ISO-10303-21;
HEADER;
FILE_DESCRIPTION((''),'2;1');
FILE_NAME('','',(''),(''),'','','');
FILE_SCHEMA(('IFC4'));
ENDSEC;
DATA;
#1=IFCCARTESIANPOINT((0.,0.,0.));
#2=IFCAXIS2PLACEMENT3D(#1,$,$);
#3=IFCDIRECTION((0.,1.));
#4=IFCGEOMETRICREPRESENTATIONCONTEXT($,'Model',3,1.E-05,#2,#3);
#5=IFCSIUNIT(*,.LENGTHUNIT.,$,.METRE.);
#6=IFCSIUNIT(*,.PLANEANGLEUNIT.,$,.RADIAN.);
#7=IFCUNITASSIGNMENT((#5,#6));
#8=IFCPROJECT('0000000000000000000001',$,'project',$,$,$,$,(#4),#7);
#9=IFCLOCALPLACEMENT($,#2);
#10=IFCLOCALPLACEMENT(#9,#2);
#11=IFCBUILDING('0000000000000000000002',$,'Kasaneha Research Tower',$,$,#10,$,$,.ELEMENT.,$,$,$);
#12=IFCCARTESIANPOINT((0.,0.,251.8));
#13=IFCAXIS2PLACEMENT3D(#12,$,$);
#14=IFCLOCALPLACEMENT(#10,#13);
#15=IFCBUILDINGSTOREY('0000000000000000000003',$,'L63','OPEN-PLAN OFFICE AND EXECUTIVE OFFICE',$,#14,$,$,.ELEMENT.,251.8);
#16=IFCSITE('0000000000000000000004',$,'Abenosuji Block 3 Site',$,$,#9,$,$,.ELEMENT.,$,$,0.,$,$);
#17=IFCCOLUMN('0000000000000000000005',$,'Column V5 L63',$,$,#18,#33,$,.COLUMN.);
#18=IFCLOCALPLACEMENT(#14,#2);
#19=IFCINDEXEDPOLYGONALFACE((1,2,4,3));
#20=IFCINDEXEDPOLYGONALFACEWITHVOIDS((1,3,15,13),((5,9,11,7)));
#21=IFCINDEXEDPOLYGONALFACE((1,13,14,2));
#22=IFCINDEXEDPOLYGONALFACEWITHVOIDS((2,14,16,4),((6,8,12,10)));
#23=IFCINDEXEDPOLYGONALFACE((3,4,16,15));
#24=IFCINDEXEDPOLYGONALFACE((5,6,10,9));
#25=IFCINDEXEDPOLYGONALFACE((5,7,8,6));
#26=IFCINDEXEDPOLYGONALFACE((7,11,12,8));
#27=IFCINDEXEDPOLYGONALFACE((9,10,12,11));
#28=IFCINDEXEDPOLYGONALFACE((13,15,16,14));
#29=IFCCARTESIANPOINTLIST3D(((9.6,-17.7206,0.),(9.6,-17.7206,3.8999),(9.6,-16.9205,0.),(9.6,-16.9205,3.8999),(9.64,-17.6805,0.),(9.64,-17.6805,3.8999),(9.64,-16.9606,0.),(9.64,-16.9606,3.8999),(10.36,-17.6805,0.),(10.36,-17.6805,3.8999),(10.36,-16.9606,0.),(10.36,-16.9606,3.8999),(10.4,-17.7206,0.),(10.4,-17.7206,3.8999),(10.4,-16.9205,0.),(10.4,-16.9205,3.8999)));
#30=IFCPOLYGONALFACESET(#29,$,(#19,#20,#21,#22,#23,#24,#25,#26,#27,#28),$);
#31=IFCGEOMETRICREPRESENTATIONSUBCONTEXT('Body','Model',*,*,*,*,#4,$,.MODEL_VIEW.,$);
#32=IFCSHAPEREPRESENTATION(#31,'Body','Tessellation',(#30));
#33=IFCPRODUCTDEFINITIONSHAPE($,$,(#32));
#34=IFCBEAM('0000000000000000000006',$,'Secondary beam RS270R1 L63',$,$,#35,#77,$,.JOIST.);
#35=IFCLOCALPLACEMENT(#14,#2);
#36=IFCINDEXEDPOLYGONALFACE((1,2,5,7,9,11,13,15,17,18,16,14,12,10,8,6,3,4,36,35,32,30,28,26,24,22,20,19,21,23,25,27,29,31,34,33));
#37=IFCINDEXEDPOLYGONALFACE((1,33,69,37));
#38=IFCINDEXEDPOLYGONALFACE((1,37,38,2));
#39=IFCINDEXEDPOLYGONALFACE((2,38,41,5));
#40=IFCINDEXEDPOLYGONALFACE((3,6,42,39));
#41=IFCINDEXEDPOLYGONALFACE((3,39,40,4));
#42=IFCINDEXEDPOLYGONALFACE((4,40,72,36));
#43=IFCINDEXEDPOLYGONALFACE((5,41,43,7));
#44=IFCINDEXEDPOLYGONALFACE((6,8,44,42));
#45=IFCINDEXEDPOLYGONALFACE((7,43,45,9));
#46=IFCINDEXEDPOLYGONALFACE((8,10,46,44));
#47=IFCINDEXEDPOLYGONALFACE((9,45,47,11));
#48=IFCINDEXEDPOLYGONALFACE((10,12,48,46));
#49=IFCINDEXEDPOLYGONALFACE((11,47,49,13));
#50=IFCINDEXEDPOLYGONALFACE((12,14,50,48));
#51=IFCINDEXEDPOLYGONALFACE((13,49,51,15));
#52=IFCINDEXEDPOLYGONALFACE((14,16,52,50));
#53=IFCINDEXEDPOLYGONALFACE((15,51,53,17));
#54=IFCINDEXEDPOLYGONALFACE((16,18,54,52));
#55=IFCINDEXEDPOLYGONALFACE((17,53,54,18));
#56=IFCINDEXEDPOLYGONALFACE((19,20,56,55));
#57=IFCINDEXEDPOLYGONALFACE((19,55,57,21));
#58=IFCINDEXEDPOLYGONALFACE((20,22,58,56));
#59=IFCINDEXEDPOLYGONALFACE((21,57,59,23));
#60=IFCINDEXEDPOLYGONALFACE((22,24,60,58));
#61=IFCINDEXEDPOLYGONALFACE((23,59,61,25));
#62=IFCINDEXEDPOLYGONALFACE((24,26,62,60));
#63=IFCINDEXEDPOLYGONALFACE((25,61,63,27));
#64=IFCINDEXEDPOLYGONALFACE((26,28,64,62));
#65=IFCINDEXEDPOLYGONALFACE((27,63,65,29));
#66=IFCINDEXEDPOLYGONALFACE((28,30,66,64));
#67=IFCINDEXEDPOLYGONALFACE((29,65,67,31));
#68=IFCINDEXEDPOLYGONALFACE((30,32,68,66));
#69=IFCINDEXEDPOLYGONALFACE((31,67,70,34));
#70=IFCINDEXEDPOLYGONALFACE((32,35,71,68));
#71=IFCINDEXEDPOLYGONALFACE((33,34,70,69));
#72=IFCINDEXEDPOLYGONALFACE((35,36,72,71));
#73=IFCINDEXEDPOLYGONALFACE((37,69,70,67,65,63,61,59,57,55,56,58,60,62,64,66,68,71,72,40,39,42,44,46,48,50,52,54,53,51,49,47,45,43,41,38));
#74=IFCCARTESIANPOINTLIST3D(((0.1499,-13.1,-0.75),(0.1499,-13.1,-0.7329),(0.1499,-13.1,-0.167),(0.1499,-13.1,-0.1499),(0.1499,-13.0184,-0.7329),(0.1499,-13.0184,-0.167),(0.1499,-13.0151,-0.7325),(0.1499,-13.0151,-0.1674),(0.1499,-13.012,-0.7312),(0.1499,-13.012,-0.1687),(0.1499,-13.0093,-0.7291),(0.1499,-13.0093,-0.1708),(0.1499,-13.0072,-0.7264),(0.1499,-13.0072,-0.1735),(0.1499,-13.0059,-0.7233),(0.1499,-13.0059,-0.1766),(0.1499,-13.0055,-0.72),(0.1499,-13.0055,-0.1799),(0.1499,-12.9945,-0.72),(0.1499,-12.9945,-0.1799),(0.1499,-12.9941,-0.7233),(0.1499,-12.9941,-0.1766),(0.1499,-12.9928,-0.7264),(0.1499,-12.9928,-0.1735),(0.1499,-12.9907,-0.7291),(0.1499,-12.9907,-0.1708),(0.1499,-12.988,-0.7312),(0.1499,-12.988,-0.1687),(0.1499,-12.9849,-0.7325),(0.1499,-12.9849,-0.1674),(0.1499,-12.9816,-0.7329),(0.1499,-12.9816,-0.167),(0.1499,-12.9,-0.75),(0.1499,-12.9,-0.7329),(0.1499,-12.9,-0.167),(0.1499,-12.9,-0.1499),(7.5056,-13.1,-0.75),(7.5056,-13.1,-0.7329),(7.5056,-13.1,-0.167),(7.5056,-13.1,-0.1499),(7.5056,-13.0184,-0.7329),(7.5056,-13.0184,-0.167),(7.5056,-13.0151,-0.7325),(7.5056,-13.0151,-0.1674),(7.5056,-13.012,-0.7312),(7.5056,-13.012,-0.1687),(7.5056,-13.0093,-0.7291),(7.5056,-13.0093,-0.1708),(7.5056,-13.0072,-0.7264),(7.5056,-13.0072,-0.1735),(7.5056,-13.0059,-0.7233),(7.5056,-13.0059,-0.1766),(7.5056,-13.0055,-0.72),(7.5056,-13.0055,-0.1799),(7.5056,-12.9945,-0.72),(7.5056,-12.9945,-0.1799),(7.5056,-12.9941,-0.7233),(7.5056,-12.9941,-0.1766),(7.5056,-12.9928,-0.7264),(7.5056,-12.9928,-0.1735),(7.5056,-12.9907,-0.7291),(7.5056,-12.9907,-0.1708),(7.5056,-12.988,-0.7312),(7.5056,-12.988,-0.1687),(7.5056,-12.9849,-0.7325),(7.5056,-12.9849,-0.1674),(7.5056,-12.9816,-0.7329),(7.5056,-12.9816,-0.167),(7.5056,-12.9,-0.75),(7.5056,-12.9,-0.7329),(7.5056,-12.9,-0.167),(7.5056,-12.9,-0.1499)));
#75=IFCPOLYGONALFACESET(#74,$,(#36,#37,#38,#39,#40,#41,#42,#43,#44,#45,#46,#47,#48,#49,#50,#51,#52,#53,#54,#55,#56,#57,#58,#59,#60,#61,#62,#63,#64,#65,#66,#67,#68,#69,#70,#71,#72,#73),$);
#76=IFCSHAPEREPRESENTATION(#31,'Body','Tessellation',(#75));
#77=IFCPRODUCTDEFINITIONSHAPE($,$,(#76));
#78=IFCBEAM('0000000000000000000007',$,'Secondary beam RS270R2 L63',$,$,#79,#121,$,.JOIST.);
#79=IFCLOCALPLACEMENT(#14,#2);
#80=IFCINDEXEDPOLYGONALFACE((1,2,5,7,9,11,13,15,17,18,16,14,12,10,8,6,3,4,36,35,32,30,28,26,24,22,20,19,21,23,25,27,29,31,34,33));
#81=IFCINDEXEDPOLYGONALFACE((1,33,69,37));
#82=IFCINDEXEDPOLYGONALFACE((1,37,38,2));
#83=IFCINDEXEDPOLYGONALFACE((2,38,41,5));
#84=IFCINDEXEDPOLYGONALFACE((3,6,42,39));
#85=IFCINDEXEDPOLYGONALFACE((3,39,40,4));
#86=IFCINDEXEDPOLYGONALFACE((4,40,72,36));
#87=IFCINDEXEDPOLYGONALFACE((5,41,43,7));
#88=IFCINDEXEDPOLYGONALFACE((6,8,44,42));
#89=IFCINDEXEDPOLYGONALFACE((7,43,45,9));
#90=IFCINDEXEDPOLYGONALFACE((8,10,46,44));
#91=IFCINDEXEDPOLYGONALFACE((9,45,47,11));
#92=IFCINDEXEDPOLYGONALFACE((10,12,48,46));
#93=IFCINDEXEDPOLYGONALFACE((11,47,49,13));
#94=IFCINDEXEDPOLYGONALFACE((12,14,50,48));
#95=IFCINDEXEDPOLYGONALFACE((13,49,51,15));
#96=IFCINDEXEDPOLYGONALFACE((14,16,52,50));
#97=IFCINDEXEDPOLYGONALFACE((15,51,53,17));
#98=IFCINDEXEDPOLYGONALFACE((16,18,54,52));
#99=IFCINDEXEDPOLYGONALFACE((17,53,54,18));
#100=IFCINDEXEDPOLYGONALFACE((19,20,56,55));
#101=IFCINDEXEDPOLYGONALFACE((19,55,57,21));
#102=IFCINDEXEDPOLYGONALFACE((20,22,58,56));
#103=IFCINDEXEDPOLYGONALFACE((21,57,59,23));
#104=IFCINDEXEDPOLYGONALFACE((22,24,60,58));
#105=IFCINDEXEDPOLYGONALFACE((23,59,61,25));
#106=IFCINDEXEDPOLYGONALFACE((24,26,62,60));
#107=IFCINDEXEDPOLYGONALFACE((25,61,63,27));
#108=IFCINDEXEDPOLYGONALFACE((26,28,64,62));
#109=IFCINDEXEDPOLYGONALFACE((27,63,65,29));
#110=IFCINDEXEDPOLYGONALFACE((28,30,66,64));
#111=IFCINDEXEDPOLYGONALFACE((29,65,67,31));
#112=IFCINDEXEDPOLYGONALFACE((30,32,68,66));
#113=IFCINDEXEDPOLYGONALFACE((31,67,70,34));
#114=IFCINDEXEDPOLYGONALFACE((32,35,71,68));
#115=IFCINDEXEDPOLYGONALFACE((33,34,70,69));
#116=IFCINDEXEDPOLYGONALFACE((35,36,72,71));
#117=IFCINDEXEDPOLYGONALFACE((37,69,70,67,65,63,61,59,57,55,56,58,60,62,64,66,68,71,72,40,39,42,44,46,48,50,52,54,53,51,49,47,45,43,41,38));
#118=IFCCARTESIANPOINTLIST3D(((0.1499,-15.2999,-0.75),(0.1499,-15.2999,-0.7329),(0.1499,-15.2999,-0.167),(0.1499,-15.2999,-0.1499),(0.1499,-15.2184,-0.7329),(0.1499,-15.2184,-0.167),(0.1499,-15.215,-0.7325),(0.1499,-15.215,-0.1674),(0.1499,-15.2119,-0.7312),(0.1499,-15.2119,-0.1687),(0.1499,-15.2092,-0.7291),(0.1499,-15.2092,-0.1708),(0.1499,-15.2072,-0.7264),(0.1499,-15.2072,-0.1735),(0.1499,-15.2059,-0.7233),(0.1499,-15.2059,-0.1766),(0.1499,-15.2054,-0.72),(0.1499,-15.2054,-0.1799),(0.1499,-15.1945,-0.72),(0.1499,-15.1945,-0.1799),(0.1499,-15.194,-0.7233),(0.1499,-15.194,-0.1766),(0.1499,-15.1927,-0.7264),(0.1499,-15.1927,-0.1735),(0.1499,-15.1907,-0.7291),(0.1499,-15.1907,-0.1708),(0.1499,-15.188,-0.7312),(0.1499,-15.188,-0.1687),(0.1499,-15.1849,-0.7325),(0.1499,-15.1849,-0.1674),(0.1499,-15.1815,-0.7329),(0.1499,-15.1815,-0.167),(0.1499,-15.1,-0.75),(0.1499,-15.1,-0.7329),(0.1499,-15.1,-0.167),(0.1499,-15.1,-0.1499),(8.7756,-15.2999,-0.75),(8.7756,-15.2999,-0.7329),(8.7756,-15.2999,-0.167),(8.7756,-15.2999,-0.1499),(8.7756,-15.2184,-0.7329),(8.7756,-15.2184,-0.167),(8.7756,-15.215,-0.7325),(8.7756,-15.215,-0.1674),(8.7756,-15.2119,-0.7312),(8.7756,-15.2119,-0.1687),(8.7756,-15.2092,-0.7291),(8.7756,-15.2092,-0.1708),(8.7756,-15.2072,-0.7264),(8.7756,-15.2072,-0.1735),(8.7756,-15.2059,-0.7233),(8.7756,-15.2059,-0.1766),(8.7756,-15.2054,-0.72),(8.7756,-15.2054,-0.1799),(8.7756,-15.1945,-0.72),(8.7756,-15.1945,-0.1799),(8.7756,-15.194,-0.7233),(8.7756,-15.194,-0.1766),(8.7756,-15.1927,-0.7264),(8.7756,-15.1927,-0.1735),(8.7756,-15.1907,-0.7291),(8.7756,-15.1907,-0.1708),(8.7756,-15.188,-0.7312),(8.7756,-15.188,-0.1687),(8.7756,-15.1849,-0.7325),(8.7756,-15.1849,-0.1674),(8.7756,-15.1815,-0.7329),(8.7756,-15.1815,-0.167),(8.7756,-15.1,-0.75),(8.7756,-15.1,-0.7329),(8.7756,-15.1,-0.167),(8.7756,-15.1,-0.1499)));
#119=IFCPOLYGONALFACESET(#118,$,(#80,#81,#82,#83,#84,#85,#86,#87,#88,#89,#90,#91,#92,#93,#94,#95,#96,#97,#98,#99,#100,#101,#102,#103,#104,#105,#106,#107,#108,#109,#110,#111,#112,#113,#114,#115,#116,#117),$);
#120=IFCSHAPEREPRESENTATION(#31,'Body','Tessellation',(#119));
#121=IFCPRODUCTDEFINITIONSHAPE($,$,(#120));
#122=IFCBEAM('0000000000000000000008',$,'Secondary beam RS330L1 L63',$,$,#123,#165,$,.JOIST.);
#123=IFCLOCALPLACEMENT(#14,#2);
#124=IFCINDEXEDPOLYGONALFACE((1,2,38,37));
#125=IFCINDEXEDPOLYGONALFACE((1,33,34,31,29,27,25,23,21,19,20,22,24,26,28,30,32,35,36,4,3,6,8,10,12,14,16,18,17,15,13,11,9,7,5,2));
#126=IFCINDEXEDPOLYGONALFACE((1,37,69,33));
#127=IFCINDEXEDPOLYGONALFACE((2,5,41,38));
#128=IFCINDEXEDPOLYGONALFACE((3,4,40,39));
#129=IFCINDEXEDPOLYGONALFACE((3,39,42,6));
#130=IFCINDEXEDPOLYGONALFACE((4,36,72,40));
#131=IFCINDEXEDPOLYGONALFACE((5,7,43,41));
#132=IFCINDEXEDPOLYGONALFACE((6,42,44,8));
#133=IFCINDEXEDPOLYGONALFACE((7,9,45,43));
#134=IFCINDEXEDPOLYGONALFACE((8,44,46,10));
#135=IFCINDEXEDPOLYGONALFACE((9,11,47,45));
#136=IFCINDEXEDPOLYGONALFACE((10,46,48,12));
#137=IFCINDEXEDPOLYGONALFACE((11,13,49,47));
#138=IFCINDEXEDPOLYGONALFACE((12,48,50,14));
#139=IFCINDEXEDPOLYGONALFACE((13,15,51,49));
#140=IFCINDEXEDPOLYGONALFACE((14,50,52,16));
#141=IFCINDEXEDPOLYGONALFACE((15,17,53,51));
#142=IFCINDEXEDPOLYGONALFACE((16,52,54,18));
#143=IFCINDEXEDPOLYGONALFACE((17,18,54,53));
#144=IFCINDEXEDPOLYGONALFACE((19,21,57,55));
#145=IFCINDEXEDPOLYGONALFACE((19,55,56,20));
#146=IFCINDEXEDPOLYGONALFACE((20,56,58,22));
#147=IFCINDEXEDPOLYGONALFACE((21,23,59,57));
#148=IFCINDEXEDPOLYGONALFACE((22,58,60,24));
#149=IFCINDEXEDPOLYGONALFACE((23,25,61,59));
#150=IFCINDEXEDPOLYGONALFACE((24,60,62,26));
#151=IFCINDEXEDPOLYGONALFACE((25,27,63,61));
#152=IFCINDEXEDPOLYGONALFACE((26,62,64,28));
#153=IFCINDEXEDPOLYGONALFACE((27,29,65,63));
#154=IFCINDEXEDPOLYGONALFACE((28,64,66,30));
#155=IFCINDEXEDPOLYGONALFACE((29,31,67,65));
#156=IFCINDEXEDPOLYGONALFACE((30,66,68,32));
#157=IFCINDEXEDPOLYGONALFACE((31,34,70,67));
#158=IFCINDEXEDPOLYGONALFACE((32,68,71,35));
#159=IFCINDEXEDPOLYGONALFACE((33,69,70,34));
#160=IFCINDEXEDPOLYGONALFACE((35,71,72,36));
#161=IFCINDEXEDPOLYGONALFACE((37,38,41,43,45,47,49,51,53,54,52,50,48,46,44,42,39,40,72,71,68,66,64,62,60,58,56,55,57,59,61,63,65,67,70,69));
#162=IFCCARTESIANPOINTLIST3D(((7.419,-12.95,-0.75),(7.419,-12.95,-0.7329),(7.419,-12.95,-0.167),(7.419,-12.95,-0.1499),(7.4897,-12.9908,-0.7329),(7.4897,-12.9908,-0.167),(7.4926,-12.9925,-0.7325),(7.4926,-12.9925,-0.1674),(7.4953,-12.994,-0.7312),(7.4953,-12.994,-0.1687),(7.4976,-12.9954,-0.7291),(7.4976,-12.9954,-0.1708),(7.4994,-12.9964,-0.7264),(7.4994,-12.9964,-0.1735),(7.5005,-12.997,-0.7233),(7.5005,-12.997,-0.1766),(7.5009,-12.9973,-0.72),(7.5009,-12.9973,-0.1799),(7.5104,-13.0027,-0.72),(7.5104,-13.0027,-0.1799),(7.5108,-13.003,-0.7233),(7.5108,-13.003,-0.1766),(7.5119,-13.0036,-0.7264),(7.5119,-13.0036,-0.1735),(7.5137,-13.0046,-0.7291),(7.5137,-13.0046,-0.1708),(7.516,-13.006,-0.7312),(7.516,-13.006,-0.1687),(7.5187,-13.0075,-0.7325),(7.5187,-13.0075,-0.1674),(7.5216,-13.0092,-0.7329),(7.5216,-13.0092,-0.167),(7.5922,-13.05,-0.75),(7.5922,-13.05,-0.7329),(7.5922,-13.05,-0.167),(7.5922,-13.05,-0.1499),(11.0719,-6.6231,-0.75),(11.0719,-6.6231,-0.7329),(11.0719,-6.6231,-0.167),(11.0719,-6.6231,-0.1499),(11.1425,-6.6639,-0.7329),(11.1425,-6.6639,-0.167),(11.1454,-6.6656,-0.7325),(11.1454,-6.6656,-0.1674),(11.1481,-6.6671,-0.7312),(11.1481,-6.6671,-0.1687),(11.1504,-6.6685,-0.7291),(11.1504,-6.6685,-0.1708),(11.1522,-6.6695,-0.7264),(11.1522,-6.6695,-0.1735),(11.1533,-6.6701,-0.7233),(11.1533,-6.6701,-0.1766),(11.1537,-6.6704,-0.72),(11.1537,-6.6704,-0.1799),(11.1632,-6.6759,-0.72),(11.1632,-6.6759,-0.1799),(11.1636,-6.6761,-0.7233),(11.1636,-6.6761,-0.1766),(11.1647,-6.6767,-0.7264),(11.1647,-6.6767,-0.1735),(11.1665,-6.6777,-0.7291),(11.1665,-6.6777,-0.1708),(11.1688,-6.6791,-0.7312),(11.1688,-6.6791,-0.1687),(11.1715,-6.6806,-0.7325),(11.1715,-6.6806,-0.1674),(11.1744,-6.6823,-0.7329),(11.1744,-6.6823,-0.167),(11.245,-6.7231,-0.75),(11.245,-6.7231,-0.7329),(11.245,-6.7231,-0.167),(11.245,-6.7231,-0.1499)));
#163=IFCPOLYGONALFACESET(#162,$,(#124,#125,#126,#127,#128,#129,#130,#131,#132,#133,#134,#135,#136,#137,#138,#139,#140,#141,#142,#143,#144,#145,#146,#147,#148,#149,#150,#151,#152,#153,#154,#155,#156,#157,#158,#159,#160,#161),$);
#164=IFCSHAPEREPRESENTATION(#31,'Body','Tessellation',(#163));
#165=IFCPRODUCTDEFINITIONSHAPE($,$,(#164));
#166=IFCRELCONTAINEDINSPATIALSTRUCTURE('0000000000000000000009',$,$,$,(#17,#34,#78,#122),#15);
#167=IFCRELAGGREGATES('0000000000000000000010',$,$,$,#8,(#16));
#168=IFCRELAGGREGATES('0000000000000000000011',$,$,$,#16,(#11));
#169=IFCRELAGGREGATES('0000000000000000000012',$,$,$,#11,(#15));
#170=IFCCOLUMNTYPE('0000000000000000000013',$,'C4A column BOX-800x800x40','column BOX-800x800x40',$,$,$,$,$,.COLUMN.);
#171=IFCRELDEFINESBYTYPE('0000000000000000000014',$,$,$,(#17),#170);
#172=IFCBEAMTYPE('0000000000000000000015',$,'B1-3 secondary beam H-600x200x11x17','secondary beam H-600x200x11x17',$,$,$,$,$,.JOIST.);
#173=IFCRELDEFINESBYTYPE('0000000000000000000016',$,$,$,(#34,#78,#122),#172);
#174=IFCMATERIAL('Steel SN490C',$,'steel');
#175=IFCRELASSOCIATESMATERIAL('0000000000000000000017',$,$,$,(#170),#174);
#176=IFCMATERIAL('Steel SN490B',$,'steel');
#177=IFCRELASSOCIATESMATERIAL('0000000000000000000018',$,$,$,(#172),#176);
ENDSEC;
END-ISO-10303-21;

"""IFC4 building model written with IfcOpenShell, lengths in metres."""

from ifc_helpers import new_model, si_unit, direction, frame, origin, origin_2d, place, context, subcontext, project, spatial, hollow_rectangle, i_section, extrude, material, material_profile, profile_set, type_object, element, save


model = new_model("IFC4")

# Units and contexts
model_context = context("Model", 3, precision=1e-05, world=origin(), true_north=direction((0.0, 1.0)))
body_context = subcontext(model_context, "Body", "Model", "MODEL_VIEW")
ifc_project = project(units=[si_unit("LENGTHUNIT", "METRE"), si_unit("PLANEANGLEUNIT", "RADIAN")], contexts=[model_context])

# Site, building, storey
site_placement = place(None, origin())
site = spatial("IfcSite", under=ifc_project, at=site_placement, Name="Abenosuji Block 3 Site", CompositionType="ELEMENT", RefElevation=0.0)
building_placement = place(site_placement, origin())
building = spatial("IfcBuilding", under=site, at=building_placement, Name="Kasaneha Research Tower", CompositionType="ELEMENT")
storey_placement = place(building_placement, frame((0.0, 0.0, 251.8)))
storey = spatial("IfcBuildingStorey", under=building, at=storey_placement, Name="L63", Description="OPEN-PLAN OFFICE AND EXECUTIVE OFFICE", CompositionType="ELEMENT", Elevation=251.8)

# Column
ifc_material_1 = material(Name="Steel SN490C", Category="steel")
ifc_material_profile_1 = material_profile(ifc_material_1, hollow_rectangle(XDim=0.8, YDim=0.8, WallThickness=0.04, at=origin_2d()), Name="BOX-800x800x40")
ifc_profile_set_1 = profile_set([ifc_material_profile_1], Name="Steel SN490C")
column_type = type_object("IfcColumnType", Name="C4A column BOX-800x800x40", Description="column BOX-800x800x40", PredefinedType="COLUMN", material=ifc_profile_set_1)
column_placement = place(storey_placement, frame((10.0, -17.3206, 0.0), z_axis=(0.0, 0.0, 1.0), x_axis=(1.0, 0.0, 0.0)))
element("IfcColumn", 1, at=column_placement, inside=storey, type_object=column_type, Name="Column V5 L63", PredefinedType="COLUMN", context=body_context, shape_type="SweptSolid", body=[
    extrude(hollow_rectangle(XDim=0.8, YDim=0.8, WallThickness=0.04, at=origin_2d()), origin(), (0.0, 0.0, 1.0), 3.8999),
])

# Beams
ifc_material_2 = material(Name="Steel SN490B", Category="steel")
ifc_material_profile_2 = material_profile(ifc_material_2, i_section(OverallWidth=0.2, OverallDepth=0.6001, WebThickness=0.011, FlangeThickness=0.0171, FilletRadius=0.0129, at=origin_2d()), Name="H-600x200x11x17")
ifc_profile_set_2 = profile_set([ifc_material_profile_2], Name="Steel SN490B")
beam_type_1 = type_object("IfcBeamType", Name="B1-3 secondary beam H-600x200x11x17", Description="secondary beam H-600x200x11x17", PredefinedType="JOIST", material=ifc_profile_set_2)
beam_1_placement = place(storey_placement, frame((7.5056, -13.0, -0.45), z_axis=(-1.0, 0.0, 0.0), x_axis=(0.0, -1.0, 0.0)))
element("IfcBeam", 2, at=beam_1_placement, inside=storey, type_object=beam_type_1, Name="Secondary beam RS270R1 L63", PredefinedType="JOIST", context=body_context, shape_type="SweptSolid", body=[
    extrude(i_section(OverallWidth=0.2, OverallDepth=0.6001, WebThickness=0.011, FlangeThickness=0.0171, FilletRadius=0.0129, at=origin_2d()), origin(), (0.0, 0.0, 1.0), 7.3557),
])
beam_2_placement = place(storey_placement, frame((8.7756, -15.2, -0.45), z_axis=(-1.0, 0.0, 0.0), x_axis=(0.0, -1.0, 0.0)))
element("IfcBeam", 3, at=beam_2_placement, inside=storey, type_object=beam_type_1, Name="Secondary beam RS270R2 L63", PredefinedType="JOIST", context=body_context, shape_type="SweptSolid", body=[
    extrude(i_section(OverallWidth=0.2, OverallDepth=0.6001, WebThickness=0.011, FlangeThickness=0.0171, FilletRadius=0.0129, at=origin_2d()), origin(), (0.0, 0.0, 1.0), 8.6257),
])
beam_3_placement = place(storey_placement, frame((7.5056, -13.0, -0.45), z_axis=(0.499999, 0.866026, 0.0), x_axis=(-0.866026, 0.499999, 0.0)))
element("IfcBeam", 4, at=beam_3_placement, inside=storey, type_object=beam_type_1, Name="Secondary beam RS330L1 L63", PredefinedType="JOIST", context=body_context, shape_type="SweptSolid", body=[
    extrude(i_section(OverallWidth=0.2, OverallDepth=0.6001, WebThickness=0.011, FlangeThickness=0.0171, FilletRadius=0.0129, at=origin_2d()), origin(), (0.0, 0.0, 1.0), 7.3057),
])

save(model, "model.ifc")
